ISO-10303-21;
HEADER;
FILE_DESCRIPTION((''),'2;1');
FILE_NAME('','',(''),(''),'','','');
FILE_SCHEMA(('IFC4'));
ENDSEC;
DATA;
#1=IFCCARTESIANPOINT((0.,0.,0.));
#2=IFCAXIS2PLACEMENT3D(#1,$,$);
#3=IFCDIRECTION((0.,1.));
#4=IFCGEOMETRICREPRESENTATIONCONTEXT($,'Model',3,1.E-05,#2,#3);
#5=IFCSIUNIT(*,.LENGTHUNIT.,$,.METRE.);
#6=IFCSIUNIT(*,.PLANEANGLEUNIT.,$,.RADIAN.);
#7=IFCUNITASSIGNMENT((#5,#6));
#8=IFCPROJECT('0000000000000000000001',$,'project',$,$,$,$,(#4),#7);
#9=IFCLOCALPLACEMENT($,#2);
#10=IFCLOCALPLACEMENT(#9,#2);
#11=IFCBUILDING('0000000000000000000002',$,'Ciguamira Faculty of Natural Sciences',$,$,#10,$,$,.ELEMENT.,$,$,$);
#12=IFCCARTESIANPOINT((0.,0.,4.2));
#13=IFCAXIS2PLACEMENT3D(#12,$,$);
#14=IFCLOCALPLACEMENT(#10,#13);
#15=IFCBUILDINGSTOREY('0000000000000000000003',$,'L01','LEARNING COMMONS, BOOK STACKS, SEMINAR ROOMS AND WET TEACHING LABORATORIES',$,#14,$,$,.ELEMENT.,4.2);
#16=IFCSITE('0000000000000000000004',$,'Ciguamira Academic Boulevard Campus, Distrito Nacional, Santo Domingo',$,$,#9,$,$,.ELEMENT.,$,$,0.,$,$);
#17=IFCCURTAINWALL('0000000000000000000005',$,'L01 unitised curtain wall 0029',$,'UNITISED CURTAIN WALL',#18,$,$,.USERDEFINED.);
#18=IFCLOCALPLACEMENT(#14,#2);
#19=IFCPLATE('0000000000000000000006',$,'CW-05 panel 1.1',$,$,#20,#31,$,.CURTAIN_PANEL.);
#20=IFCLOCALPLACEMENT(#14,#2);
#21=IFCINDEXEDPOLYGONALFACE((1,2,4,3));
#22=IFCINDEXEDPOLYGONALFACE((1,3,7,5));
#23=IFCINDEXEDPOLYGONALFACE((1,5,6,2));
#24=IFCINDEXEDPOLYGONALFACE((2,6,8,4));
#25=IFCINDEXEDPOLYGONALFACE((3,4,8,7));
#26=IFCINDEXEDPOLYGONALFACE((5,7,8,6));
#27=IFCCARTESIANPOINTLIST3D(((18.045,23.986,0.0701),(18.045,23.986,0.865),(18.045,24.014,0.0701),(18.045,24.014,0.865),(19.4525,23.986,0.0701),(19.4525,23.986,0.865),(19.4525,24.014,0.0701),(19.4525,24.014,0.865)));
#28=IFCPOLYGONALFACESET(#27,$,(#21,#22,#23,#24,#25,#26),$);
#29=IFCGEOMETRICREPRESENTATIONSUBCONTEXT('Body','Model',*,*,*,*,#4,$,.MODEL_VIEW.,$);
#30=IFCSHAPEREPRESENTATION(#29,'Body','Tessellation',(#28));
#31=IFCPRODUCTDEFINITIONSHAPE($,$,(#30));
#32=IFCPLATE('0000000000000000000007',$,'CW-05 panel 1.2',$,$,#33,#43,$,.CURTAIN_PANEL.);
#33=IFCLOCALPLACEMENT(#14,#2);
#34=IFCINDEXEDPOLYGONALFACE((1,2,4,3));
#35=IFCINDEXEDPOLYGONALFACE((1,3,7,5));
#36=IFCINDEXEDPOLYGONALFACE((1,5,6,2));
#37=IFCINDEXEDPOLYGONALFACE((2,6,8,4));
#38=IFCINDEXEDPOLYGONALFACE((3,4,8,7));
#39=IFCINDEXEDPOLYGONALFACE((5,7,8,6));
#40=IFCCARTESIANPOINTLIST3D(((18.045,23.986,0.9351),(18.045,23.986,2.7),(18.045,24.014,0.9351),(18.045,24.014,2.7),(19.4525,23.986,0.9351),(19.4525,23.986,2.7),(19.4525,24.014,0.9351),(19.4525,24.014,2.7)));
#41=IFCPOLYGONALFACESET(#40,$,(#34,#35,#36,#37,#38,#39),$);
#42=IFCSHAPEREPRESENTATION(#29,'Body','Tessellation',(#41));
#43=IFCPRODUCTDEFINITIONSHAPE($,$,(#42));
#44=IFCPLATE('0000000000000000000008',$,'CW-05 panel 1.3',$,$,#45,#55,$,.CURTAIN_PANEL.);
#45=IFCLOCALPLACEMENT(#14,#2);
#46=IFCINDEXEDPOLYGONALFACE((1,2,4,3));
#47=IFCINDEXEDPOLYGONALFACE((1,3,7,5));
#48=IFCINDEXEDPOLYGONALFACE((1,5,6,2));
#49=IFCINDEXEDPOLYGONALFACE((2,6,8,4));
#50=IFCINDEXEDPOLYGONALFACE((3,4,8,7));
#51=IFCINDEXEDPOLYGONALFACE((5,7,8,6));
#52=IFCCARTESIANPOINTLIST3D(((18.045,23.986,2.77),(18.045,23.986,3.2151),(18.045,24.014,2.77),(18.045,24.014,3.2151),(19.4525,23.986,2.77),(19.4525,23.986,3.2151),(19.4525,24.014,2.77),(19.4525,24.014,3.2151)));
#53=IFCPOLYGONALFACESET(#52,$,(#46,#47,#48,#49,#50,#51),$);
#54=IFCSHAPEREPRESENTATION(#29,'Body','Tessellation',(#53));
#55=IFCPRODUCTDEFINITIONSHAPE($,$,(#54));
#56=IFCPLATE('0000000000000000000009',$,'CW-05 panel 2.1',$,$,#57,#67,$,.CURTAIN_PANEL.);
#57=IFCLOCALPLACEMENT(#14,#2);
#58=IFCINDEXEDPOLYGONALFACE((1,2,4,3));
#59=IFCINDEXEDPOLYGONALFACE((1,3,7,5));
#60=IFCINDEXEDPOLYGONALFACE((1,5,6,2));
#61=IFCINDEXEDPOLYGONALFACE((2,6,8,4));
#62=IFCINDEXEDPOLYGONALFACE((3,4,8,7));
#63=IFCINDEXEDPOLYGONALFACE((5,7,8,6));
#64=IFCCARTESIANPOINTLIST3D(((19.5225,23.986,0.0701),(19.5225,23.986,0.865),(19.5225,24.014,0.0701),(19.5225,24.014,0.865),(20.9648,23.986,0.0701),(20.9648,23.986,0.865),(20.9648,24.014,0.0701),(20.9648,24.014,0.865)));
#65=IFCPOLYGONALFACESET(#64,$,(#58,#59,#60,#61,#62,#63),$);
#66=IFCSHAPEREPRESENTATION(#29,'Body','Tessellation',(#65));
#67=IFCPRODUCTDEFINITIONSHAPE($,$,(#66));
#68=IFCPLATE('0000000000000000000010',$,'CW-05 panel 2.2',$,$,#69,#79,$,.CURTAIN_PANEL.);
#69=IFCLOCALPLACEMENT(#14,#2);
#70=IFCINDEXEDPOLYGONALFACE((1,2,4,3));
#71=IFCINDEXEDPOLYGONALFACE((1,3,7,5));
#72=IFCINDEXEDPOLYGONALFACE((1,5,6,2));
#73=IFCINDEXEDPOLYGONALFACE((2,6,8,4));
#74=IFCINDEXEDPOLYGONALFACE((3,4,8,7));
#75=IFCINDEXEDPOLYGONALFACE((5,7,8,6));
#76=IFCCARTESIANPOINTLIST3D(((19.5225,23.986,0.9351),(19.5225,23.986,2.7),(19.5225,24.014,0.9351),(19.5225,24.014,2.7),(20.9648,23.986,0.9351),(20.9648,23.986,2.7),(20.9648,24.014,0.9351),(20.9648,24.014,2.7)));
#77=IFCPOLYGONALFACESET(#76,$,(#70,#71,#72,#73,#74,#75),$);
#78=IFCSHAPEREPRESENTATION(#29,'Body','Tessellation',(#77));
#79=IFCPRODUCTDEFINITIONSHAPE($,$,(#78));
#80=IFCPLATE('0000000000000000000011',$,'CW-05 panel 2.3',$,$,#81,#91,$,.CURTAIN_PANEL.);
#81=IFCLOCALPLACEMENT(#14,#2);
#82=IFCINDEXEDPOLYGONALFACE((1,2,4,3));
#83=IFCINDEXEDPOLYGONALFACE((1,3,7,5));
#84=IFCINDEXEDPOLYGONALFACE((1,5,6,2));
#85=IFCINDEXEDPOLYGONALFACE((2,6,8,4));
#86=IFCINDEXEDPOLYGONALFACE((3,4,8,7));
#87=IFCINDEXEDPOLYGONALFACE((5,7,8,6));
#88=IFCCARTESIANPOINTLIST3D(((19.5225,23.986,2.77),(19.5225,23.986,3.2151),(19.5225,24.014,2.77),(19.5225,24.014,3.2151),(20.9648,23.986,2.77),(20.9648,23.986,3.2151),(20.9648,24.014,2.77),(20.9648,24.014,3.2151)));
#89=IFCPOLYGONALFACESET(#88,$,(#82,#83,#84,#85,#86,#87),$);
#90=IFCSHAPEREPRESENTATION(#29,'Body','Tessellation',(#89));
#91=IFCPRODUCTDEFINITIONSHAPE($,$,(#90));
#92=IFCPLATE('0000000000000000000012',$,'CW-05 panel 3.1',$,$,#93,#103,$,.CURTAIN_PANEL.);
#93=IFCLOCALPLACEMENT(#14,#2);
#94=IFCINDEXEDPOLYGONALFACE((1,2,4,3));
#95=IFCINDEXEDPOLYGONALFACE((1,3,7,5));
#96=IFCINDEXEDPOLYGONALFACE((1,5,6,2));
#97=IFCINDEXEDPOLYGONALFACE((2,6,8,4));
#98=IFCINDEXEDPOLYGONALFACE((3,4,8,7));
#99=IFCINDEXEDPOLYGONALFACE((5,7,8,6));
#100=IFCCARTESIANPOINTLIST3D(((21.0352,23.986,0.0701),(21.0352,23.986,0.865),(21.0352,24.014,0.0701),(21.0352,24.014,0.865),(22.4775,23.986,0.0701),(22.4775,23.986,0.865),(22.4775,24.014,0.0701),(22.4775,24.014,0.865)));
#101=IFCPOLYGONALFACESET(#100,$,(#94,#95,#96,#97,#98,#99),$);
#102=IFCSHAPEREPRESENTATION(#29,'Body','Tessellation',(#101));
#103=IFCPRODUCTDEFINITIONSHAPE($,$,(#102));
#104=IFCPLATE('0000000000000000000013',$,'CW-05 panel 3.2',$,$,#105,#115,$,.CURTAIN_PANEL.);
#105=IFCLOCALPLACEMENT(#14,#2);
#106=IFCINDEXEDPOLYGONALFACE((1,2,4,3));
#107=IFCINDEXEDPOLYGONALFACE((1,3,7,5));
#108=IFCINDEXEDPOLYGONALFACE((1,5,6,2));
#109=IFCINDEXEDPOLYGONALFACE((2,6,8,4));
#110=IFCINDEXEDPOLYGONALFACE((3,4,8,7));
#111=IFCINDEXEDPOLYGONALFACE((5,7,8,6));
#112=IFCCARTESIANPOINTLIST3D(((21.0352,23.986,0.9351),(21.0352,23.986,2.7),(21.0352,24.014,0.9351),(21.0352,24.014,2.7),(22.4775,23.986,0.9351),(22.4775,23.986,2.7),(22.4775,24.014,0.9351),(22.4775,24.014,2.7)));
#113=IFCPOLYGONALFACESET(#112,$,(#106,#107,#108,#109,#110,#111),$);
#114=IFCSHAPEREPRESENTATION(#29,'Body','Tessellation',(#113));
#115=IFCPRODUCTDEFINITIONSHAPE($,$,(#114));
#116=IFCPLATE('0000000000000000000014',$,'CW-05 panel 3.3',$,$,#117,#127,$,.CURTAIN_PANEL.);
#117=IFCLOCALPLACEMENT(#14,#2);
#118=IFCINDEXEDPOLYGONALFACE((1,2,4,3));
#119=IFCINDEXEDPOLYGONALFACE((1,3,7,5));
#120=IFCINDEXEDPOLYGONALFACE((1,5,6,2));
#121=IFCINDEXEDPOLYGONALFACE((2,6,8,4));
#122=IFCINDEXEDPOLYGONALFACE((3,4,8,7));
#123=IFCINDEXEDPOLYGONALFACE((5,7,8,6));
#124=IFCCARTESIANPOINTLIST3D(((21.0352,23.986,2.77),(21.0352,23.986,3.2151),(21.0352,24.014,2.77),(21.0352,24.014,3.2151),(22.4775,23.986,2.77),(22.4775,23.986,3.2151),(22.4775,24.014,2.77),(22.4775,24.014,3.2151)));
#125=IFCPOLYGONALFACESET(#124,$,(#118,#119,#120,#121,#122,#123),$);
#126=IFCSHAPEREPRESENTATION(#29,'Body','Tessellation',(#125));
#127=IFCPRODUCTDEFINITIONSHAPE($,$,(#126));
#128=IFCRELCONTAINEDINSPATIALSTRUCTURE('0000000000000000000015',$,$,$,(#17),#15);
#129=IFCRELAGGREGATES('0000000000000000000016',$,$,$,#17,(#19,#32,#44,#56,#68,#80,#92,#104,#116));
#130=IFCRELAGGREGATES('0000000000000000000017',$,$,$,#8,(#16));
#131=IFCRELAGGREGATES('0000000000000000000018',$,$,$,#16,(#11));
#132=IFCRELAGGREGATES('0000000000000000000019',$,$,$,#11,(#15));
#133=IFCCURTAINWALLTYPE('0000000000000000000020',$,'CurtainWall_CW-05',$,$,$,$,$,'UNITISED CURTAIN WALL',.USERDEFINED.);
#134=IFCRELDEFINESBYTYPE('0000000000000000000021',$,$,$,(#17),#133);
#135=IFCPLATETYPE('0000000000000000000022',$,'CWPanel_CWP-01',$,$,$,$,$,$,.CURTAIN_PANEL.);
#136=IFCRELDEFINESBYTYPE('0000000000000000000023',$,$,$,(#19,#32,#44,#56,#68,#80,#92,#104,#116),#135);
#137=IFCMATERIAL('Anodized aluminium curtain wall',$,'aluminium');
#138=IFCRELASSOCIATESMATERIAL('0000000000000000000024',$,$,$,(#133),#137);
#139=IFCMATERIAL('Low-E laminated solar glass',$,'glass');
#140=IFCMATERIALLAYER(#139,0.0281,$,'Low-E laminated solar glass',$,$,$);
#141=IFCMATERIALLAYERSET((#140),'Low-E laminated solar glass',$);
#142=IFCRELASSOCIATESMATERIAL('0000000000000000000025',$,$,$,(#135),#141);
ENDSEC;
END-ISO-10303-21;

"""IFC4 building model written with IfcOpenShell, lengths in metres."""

from ifc_helpers import new_model, si_unit, direction, frame, origin, origin_2d, place, context, subcontext, project, spatial, rectangle, extrude, material, layer, layer_set, type_object, element, aggregate, save


model = new_model("IFC4")

# Units and contexts
model_context = context("Model", 3, precision=1e-05, world=origin(), true_north=direction((0.0, 1.0)))
body_context = subcontext(model_context, "Body", "Model", "MODEL_VIEW")
ifc_project = project(units=[si_unit("LENGTHUNIT", "METRE"), si_unit("PLANEANGLEUNIT", "RADIAN")], contexts=[model_context])

# Site, building, storey
site_placement = place(None, origin())
site = spatial("IfcSite", under=ifc_project, at=site_placement, Name="Ciguamira Academic Boulevard Campus, Distrito Nacional, Santo Domingo", CompositionType="ELEMENT", RefElevation=0.0)
building_placement = place(site_placement, origin())
building = spatial("IfcBuilding", under=site, at=building_placement, Name="Ciguamira Faculty of Natural Sciences", CompositionType="ELEMENT")
storey_placement = place(building_placement, frame((0.0, 0.0, 4.2)))
storey = spatial("IfcBuildingStorey", under=building, at=storey_placement, Name="L01", Description="LEARNING COMMONS, BOOK STACKS, SEMINAR ROOMS AND WET TEACHING LABORATORIES", CompositionType="ELEMENT", Elevation=4.2)

# Curtain wall
ifc_material_1 = material(Name="Anodized aluminium curtain wall", Category="aluminium")
curtain_wall_type = type_object("IfcCurtainWallType", Name="CurtainWall_CW-05", ElementType="UNITISED CURTAIN WALL", PredefinedType="USERDEFINED", material=ifc_material_1)
curtain_wall_placement = place(storey_placement, origin())
curtain_wall = element("IfcCurtainWall", 1, at=curtain_wall_placement, inside=storey, type_object=curtain_wall_type, Name="L01 unitised curtain wall 0029", ObjectType="UNITISED CURTAIN WALL", PredefinedType="USERDEFINED")

# Plates
ifc_material_2 = material(Name="Low-E laminated solar glass", Category="glass")
ifc_layer = layer(ifc_material_2, 0.0281, Name="Low-E laminated solar glass")
ifc_layer_set = layer_set([ifc_layer], Name="Low-E laminated solar glass")
plate_type = type_object("IfcPlateType", Name="CWPanel_CWP-01", PredefinedType="CURTAIN_PANEL", material=ifc_layer_set)
plate_1_placement = place(storey_placement, frame((18.7488, 24.0, 0.0701), z_axis=(0.0, 0.0, 1.0), x_axis=(1.0, 0.0, 0.0)))
plate_1 = element("IfcPlate", 2, at=plate_1_placement, type_object=plate_type, Name="CW-05 panel 1.1", PredefinedType="CURTAIN_PANEL", context=body_context, shape_type="SweptSolid", body=[
    extrude(rectangle(XDim=1.4075, YDim=0.0281, at=origin_2d()), origin(), (0.0, 0.0, 1.0), 0.7949),
])
plate_2_placement = place(storey_placement, frame((18.7488, 24.0, 0.9351), z_axis=(0.0, 0.0, 1.0), x_axis=(1.0, 0.0, 0.0)))
plate_2 = element("IfcPlate", 3, at=plate_2_placement, type_object=plate_type, Name="CW-05 panel 1.2", PredefinedType="CURTAIN_PANEL", context=body_context, shape_type="SweptSolid", body=[
    extrude(rectangle(XDim=1.4075, YDim=0.0281, at=origin_2d()), origin(), (0.0, 0.0, 1.0), 1.7649),
])
plate_3_placement = place(storey_placement, frame((18.7488, 24.0, 2.77), z_axis=(0.0, 0.0, 1.0), x_axis=(1.0, 0.0, 0.0)))
plate_3 = element("IfcPlate", 4, at=plate_3_placement, type_object=plate_type, Name="CW-05 panel 1.3", PredefinedType="CURTAIN_PANEL", context=body_context, shape_type="SweptSolid", body=[
    extrude(rectangle(XDim=1.4075, YDim=0.0281, at=origin_2d()), origin(), (0.0, 0.0, 1.0), 0.4451),
])
plate_4_placement = place(storey_placement, frame((20.2437, 24.0, 0.0701), z_axis=(0.0, 0.0, 1.0), x_axis=(1.0, 0.0, 0.0)))
plate_4 = element("IfcPlate", 5, at=plate_4_placement, type_object=plate_type, Name="CW-05 panel 2.1", PredefinedType="CURTAIN_PANEL", context=body_context, shape_type="SweptSolid", body=[
    extrude(rectangle(XDim=1.4424, YDim=0.0281, at=origin_2d()), origin(), (0.0, 0.0, 1.0), 0.7949),
])
plate_5_placement = place(storey_placement, frame((20.2437, 24.0, 0.9351), z_axis=(0.0, 0.0, 1.0), x_axis=(1.0, 0.0, 0.0)))
plate_5 = element("IfcPlate", 6, at=plate_5_placement, type_object=plate_type, Name="CW-05 panel 2.2", PredefinedType="CURTAIN_PANEL", context=body_context, shape_type="SweptSolid", body=[
    extrude(rectangle(XDim=1.4424, YDim=0.0281, at=origin_2d()), origin(), (0.0, 0.0, 1.0), 1.7649),
])
plate_6_placement = place(storey_placement, frame((20.2437, 24.0, 2.77), z_axis=(0.0, 0.0, 1.0), x_axis=(1.0, 0.0, 0.0)))
plate_6 = element("IfcPlate", 7, at=plate_6_placement, type_object=plate_type, Name="CW-05 panel 2.3", PredefinedType="CURTAIN_PANEL", context=body_context, shape_type="SweptSolid", body=[
    extrude(rectangle(XDim=1.4424, YDim=0.0281, at=origin_2d()), origin(), (0.0, 0.0, 1.0), 0.4451),
])
plate_7_placement = place(storey_placement, frame((21.7563, 24.0, 0.0701), z_axis=(0.0, 0.0, 1.0), x_axis=(1.0, 0.0, 0.0)))
plate_7 = element("IfcPlate", 8, at=plate_7_placement, type_object=plate_type, Name="CW-05 panel 3.1", PredefinedType="CURTAIN_PANEL", context=body_context, shape_type="SweptSolid", body=[
    extrude(rectangle(XDim=1.4424, YDim=0.0281, at=origin_2d()), origin(), (0.0, 0.0, 1.0), 0.7949),
])
plate_8_placement = place(storey_placement, frame((21.7563, 24.0, 0.9351), z_axis=(0.0, 0.0, 1.0), x_axis=(1.0, 0.0, 0.0)))
plate_8 = element("IfcPlate", 9, at=plate_8_placement, type_object=plate_type, Name="CW-05 panel 3.2", PredefinedType="CURTAIN_PANEL", context=body_context, shape_type="SweptSolid", body=[
    extrude(rectangle(XDim=1.4424, YDim=0.0281, at=origin_2d()), origin(), (0.0, 0.0, 1.0), 1.7649),
])
plate_9_placement = place(storey_placement, frame((21.7563, 24.0, 2.77), z_axis=(0.0, 0.0, 1.0), x_axis=(1.0, 0.0, 0.0)))
plate_9 = element("IfcPlate", 10, at=plate_9_placement, type_object=plate_type, Name="CW-05 panel 3.3", PredefinedType="CURTAIN_PANEL", context=body_context, shape_type="SweptSolid", body=[
    extrude(rectangle(XDim=1.4424, YDim=0.0281, at=origin_2d()), origin(), (0.0, 0.0, 1.0), 0.4451),
])
aggregate(curtain_wall, [plate_1, plate_2, plate_3, plate_4, plate_5, plate_6, plate_7, plate_8, plate_9])

save(model, "model.ifc")
